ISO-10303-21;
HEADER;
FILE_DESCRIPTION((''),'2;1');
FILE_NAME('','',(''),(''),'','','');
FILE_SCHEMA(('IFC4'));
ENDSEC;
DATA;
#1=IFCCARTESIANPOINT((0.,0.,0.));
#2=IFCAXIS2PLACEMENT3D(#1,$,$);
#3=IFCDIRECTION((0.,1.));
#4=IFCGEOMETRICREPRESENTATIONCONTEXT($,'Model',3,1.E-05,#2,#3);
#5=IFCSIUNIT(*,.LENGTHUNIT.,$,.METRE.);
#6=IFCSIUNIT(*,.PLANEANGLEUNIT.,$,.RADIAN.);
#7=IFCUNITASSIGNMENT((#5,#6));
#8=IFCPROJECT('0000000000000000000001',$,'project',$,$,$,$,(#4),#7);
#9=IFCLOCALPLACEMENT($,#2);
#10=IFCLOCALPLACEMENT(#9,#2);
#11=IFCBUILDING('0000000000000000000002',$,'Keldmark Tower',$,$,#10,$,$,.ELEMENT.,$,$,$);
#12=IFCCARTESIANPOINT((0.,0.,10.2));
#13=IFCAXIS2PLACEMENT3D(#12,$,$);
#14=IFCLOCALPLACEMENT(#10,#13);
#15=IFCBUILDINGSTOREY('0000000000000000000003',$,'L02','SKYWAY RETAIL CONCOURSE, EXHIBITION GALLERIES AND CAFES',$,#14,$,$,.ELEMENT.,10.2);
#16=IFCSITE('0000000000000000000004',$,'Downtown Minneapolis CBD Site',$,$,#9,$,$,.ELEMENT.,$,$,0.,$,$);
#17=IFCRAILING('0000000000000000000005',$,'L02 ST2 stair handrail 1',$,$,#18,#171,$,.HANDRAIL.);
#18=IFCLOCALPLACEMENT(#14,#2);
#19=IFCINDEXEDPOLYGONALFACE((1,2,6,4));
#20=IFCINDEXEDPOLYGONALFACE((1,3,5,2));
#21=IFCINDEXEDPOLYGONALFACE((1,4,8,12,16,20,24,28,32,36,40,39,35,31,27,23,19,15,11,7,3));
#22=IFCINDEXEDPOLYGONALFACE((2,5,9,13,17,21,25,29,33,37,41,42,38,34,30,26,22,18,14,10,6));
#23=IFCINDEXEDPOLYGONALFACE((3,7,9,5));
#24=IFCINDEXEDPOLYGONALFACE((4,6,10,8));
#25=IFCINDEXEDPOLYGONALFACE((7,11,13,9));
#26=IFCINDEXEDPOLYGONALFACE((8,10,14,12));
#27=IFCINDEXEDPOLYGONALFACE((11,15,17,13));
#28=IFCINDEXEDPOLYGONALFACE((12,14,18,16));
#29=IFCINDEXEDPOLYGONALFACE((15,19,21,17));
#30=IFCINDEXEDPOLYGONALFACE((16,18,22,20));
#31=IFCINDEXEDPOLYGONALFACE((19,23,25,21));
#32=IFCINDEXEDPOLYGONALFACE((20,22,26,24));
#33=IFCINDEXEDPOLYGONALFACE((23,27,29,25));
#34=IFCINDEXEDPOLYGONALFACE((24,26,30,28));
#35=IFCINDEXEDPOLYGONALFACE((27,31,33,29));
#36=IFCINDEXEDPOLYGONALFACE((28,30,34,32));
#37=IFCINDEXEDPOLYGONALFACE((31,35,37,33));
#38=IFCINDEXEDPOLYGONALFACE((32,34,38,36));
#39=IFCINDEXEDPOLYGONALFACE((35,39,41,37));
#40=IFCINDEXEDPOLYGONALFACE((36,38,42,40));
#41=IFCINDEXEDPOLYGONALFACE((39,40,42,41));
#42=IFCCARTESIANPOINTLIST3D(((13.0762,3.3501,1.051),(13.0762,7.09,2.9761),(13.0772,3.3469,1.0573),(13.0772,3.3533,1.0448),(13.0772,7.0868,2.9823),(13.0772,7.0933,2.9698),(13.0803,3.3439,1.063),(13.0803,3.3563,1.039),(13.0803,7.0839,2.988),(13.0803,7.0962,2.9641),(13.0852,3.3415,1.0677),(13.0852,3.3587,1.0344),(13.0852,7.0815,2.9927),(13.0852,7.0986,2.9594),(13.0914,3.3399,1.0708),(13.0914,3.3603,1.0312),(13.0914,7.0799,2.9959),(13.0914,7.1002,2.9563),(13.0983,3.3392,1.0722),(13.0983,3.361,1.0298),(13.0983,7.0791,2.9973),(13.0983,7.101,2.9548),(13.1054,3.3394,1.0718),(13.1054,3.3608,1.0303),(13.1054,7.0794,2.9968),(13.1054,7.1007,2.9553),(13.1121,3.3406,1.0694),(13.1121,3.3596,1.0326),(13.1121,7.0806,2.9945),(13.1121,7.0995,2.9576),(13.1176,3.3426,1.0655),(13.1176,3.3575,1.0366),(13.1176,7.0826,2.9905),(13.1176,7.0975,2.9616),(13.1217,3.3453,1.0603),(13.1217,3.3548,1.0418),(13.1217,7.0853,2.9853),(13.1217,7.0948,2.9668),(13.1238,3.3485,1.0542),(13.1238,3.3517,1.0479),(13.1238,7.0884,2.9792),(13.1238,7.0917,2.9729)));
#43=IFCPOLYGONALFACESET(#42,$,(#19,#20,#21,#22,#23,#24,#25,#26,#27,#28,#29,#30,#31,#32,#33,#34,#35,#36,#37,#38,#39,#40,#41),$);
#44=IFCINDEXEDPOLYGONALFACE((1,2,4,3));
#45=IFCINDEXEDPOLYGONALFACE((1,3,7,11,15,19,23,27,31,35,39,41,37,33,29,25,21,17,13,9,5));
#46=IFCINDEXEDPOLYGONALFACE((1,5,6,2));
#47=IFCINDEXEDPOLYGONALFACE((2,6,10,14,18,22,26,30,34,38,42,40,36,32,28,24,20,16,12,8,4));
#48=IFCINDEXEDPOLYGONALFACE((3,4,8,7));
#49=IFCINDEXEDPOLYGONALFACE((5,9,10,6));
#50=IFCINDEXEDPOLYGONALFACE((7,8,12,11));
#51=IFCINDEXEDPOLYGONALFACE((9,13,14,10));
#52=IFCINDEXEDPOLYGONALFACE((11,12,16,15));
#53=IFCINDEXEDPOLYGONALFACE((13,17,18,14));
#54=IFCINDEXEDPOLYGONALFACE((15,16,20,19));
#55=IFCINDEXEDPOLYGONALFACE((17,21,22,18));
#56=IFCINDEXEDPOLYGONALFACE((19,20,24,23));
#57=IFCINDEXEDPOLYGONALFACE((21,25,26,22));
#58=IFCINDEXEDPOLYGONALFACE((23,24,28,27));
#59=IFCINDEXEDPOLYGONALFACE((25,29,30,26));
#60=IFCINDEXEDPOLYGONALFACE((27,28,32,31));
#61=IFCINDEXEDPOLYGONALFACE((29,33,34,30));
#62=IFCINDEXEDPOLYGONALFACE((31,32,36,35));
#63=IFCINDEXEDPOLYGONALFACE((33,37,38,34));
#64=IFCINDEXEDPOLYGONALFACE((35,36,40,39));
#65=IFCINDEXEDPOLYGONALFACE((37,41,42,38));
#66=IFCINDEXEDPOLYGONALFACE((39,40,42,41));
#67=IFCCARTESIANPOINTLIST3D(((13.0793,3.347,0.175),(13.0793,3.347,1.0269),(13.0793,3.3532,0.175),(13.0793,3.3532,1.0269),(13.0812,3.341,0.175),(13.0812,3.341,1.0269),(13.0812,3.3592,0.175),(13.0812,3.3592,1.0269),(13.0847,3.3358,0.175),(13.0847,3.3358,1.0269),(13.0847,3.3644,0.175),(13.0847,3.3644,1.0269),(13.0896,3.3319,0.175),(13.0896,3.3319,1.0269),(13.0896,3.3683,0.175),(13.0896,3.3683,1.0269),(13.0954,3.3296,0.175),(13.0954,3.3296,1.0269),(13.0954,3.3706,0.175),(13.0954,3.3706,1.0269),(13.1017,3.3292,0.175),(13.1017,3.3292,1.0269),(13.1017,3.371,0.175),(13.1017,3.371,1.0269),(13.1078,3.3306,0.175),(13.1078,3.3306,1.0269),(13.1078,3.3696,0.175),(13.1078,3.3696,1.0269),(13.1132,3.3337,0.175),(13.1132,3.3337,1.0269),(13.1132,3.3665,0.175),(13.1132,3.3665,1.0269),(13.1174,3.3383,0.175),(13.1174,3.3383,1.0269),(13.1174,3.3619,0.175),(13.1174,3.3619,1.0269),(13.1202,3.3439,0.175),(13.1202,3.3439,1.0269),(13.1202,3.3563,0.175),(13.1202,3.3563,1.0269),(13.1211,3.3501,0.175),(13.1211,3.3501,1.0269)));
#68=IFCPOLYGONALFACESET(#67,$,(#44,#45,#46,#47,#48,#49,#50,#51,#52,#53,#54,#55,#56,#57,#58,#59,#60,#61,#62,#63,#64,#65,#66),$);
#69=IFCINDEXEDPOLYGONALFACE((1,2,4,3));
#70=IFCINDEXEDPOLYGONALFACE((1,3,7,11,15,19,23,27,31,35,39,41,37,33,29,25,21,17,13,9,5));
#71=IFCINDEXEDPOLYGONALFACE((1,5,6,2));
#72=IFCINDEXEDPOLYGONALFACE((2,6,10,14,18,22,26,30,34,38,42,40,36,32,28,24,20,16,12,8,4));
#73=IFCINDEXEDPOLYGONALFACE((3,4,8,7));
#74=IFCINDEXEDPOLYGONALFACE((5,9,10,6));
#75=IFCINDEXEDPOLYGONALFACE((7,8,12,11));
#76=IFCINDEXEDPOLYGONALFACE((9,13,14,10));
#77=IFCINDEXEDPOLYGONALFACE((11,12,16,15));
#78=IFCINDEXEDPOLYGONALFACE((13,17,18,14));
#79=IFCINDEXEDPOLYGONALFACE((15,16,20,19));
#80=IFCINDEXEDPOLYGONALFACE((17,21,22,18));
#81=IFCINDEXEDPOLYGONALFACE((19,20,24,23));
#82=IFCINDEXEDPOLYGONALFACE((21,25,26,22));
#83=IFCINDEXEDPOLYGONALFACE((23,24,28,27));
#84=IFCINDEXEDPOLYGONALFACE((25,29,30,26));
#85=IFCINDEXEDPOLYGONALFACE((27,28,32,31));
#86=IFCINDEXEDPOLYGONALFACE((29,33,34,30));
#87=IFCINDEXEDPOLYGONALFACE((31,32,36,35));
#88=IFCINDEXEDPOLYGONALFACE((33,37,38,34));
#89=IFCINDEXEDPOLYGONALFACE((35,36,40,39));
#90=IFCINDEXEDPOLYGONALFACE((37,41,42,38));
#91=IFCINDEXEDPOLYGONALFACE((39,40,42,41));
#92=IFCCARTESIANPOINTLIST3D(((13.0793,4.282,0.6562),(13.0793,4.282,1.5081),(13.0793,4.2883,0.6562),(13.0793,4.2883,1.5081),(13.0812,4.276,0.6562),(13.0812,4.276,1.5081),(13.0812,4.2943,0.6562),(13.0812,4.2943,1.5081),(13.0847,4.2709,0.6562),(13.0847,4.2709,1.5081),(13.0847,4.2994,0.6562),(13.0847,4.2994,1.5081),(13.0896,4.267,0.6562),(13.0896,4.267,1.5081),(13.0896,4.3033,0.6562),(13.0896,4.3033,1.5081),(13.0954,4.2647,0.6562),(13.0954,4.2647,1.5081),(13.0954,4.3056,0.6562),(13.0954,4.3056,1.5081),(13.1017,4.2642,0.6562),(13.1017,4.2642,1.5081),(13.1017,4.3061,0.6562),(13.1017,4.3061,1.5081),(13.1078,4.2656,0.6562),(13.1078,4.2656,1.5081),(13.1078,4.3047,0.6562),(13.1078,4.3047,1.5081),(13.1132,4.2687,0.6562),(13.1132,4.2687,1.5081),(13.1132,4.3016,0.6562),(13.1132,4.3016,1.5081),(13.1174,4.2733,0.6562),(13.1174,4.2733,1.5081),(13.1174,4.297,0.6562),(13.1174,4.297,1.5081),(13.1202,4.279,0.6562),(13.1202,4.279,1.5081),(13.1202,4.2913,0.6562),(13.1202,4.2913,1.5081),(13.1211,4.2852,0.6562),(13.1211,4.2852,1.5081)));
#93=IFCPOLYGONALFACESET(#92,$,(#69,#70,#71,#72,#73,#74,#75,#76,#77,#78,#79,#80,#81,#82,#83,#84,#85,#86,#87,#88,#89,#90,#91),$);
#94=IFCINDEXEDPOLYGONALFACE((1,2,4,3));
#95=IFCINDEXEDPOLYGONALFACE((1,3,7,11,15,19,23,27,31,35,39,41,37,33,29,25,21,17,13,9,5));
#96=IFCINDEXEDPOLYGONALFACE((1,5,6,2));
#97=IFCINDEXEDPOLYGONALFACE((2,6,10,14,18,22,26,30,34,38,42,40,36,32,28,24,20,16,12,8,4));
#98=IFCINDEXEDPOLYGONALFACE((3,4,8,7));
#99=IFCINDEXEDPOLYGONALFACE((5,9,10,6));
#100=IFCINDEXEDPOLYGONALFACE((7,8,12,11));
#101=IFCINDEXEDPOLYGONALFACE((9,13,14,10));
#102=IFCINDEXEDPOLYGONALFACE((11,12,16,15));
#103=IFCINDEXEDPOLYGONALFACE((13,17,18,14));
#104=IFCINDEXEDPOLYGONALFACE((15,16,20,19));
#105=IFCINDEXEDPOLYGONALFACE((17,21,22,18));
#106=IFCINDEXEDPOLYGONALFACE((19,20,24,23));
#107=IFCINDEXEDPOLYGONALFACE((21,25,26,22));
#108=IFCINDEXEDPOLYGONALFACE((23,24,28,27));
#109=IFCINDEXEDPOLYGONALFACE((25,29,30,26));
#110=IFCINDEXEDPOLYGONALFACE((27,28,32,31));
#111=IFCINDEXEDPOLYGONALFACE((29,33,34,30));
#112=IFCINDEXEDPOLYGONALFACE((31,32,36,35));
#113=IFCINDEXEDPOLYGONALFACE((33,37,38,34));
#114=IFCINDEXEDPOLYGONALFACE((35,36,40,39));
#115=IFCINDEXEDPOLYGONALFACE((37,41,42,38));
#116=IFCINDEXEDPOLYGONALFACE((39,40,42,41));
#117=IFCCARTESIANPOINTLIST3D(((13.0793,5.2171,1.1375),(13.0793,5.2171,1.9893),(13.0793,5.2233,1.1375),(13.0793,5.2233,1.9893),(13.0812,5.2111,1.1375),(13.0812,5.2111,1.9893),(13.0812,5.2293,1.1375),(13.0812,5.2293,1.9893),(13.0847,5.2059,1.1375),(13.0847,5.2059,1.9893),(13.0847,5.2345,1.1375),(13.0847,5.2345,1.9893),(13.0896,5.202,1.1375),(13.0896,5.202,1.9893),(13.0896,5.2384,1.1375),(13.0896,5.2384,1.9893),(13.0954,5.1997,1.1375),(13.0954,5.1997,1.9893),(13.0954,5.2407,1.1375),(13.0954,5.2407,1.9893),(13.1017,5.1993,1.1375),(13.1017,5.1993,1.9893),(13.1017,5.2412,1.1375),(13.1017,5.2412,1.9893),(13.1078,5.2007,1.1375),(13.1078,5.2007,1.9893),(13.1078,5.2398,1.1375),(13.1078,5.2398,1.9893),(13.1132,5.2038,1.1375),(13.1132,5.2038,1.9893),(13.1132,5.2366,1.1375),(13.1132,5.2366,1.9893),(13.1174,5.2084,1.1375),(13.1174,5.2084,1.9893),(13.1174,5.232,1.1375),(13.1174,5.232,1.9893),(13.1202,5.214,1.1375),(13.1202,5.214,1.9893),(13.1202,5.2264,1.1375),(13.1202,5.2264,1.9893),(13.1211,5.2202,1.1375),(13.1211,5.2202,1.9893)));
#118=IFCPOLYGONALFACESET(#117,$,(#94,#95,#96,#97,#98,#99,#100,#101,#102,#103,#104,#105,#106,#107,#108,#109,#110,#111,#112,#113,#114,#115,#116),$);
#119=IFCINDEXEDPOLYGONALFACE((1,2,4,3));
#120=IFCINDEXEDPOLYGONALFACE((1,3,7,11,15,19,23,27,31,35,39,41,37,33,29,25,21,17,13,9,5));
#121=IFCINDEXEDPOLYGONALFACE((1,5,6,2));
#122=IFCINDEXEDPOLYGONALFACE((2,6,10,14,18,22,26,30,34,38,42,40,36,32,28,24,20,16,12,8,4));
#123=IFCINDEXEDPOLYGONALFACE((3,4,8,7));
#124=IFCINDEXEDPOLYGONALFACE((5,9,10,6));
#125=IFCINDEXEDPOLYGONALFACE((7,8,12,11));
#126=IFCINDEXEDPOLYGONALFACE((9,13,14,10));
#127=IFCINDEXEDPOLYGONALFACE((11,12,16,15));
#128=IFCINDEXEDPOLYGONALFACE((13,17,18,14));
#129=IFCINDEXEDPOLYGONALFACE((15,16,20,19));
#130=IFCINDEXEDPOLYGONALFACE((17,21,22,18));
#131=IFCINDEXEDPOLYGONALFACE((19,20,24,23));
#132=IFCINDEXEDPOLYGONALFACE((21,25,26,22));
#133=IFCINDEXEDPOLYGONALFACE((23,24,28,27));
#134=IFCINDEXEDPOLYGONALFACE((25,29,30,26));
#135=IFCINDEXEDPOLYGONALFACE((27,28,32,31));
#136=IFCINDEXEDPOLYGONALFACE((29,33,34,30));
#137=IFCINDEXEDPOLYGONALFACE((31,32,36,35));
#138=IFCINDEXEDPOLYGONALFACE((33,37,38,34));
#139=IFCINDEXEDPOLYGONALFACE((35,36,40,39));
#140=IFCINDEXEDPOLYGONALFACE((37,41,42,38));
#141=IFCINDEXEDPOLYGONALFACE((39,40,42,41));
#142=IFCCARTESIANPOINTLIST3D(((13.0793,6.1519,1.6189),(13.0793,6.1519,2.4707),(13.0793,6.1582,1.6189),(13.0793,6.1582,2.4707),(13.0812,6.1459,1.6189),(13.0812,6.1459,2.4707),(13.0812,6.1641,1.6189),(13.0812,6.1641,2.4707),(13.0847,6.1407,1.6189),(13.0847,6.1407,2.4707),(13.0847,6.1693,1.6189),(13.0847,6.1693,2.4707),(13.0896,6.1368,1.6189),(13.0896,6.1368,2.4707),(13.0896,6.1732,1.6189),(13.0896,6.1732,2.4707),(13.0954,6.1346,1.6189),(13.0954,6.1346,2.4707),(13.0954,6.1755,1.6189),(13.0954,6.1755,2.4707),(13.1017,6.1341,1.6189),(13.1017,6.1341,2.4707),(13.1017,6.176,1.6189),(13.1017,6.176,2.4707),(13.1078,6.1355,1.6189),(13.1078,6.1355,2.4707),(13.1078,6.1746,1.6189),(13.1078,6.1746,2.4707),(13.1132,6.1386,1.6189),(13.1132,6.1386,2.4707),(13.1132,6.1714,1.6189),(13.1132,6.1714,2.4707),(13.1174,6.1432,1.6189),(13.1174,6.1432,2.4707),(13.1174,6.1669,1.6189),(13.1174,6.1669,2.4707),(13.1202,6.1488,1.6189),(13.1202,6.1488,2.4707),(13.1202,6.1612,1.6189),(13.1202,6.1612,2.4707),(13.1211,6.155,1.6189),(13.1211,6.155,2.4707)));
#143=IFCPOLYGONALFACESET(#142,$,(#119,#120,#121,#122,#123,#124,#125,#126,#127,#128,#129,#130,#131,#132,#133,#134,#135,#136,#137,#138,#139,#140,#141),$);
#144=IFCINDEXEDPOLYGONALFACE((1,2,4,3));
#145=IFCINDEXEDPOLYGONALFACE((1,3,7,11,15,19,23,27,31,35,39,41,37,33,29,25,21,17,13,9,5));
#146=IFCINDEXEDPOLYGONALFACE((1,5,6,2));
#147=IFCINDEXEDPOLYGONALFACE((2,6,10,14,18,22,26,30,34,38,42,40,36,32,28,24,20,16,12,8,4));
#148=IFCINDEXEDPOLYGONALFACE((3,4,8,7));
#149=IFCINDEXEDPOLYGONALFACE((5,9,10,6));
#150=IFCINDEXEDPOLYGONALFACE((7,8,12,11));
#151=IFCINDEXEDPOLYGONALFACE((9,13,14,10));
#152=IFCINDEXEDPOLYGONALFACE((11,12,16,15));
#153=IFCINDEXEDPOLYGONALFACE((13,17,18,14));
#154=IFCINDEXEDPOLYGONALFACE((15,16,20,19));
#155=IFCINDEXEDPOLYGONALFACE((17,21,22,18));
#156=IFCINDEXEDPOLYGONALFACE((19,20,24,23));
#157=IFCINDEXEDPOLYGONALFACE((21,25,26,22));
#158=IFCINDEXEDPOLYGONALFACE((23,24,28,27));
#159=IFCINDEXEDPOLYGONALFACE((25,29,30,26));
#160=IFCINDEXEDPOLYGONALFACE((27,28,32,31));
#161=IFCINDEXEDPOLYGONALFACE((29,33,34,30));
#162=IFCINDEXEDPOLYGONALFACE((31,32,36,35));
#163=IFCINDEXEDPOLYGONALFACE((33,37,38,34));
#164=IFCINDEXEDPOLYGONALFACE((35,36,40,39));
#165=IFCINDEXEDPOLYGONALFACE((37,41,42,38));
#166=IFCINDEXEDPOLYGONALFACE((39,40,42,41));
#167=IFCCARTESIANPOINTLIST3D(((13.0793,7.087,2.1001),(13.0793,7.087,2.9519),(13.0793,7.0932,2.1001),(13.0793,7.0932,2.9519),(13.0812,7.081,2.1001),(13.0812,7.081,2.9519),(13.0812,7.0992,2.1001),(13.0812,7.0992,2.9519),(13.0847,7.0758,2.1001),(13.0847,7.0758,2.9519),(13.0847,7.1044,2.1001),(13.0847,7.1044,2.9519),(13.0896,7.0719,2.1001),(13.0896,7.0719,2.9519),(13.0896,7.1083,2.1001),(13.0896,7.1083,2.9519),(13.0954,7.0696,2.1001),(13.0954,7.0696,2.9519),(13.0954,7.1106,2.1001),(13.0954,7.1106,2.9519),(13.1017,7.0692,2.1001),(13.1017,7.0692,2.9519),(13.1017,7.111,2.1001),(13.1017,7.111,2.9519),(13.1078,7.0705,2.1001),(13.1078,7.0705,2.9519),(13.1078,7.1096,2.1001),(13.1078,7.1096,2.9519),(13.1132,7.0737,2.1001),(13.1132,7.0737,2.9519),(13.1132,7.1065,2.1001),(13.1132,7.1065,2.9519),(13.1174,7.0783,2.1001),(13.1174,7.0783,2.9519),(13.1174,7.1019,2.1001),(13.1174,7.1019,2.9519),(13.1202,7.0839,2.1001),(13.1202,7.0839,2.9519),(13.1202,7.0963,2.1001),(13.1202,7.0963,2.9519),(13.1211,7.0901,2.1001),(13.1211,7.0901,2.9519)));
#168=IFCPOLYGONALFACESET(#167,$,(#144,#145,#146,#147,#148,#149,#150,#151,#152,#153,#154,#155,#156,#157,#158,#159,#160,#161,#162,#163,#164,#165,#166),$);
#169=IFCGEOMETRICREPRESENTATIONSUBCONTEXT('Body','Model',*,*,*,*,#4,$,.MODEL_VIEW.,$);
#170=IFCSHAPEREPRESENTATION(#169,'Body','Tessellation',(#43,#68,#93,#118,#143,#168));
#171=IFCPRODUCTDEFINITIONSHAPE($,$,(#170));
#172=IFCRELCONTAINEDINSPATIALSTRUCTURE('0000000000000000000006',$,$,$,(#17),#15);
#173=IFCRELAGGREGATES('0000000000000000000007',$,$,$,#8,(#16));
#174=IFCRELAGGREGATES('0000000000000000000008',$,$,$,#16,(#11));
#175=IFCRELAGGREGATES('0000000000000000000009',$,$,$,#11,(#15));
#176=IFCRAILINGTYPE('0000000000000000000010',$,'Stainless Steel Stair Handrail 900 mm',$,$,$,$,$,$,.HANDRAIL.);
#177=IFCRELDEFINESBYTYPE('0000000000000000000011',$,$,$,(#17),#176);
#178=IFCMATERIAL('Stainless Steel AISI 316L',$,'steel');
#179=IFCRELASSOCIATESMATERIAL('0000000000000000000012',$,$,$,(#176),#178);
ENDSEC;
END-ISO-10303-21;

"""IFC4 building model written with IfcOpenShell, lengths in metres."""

from ifc_helpers import new_model, si_unit, direction, frame, origin, origin_2d, place, context, subcontext, project, spatial, circle, extrude, material, type_object, element, save


model = new_model("IFC4")

# Units and contexts
model_context = context("Model", 3, precision=1e-05, world=origin(), true_north=direction((0.0, 1.0)))
body_context = subcontext(model_context, "Body", "Model", "MODEL_VIEW")
ifc_project = project(units=[si_unit("LENGTHUNIT", "METRE"), si_unit("PLANEANGLEUNIT", "RADIAN")], contexts=[model_context])

# Site, building, storey
site_placement = place(None, origin())
site = spatial("IfcSite", under=ifc_project, at=site_placement, Name="Downtown Minneapolis CBD Site", CompositionType="ELEMENT", RefElevation=0.0)
building_placement = place(site_placement, origin())
building = spatial("IfcBuilding", under=site, at=building_placement, Name="Keldmark Tower", CompositionType="ELEMENT")
storey_placement = place(building_placement, frame((0.0, 0.0, 10.2)))
storey = spatial("IfcBuildingStorey", under=building, at=storey_placement, Name="L02", Description="SKYWAY RETAIL CONCOURSE, EXHIBITION GALLERIES AND CAFES", CompositionType="ELEMENT", Elevation=10.2)

# Railing
ifc_material_1 = material(Name="Stainless Steel AISI 316L", Category="steel")
railing_type_1 = type_object("IfcRailingType", Name="Stainless Steel Stair Handrail 900 mm", PredefinedType="HANDRAIL", material=ifc_material_1)
railing_1_placement = place(storey_placement, frame((13.1001, 3.3501, 0.175)))
element("IfcRailing", 1, at=railing_1_placement, inside=storey, type_object=railing_type_1, Name="L02 ST2 stair handrail 1", PredefinedType="HANDRAIL", context=body_context, shape_type="SweptSolid", body=[
    extrude(circle(Radius=0.0239, at=origin_2d()), frame((0.0, 0.0, 0.876), z_axis=(0.0, 0.889131, 0.457654), x_axis=(-1.0, 0.0, 0.0)), (0.0, 0.0, 1.0), 4.2063),
    extrude(circle(Radius=0.021, at=origin_2d()), origin(), (0.0, 0.0, 1.0), 0.8518),
    extrude(circle(Radius=0.021, at=origin_2d()), frame((0.0, 0.9351, 0.4812)), (0.0, 0.0, 1.0), 0.8518),
    extrude(circle(Radius=0.021, at=origin_2d()), frame((0.0, 1.8701, 0.9624)), (0.0, 0.0, 1.0), 0.8518),
    extrude(circle(Radius=0.021, at=origin_2d()), frame((0.0, 2.8049, 1.4438)), (0.0, 0.0, 1.0), 0.8518),
    extrude(circle(Radius=0.021, at=origin_2d()), frame((0.0, 3.74, 1.925)), (0.0, 0.0, 1.0), 0.8518),
])

save(model, "model.ifc")
